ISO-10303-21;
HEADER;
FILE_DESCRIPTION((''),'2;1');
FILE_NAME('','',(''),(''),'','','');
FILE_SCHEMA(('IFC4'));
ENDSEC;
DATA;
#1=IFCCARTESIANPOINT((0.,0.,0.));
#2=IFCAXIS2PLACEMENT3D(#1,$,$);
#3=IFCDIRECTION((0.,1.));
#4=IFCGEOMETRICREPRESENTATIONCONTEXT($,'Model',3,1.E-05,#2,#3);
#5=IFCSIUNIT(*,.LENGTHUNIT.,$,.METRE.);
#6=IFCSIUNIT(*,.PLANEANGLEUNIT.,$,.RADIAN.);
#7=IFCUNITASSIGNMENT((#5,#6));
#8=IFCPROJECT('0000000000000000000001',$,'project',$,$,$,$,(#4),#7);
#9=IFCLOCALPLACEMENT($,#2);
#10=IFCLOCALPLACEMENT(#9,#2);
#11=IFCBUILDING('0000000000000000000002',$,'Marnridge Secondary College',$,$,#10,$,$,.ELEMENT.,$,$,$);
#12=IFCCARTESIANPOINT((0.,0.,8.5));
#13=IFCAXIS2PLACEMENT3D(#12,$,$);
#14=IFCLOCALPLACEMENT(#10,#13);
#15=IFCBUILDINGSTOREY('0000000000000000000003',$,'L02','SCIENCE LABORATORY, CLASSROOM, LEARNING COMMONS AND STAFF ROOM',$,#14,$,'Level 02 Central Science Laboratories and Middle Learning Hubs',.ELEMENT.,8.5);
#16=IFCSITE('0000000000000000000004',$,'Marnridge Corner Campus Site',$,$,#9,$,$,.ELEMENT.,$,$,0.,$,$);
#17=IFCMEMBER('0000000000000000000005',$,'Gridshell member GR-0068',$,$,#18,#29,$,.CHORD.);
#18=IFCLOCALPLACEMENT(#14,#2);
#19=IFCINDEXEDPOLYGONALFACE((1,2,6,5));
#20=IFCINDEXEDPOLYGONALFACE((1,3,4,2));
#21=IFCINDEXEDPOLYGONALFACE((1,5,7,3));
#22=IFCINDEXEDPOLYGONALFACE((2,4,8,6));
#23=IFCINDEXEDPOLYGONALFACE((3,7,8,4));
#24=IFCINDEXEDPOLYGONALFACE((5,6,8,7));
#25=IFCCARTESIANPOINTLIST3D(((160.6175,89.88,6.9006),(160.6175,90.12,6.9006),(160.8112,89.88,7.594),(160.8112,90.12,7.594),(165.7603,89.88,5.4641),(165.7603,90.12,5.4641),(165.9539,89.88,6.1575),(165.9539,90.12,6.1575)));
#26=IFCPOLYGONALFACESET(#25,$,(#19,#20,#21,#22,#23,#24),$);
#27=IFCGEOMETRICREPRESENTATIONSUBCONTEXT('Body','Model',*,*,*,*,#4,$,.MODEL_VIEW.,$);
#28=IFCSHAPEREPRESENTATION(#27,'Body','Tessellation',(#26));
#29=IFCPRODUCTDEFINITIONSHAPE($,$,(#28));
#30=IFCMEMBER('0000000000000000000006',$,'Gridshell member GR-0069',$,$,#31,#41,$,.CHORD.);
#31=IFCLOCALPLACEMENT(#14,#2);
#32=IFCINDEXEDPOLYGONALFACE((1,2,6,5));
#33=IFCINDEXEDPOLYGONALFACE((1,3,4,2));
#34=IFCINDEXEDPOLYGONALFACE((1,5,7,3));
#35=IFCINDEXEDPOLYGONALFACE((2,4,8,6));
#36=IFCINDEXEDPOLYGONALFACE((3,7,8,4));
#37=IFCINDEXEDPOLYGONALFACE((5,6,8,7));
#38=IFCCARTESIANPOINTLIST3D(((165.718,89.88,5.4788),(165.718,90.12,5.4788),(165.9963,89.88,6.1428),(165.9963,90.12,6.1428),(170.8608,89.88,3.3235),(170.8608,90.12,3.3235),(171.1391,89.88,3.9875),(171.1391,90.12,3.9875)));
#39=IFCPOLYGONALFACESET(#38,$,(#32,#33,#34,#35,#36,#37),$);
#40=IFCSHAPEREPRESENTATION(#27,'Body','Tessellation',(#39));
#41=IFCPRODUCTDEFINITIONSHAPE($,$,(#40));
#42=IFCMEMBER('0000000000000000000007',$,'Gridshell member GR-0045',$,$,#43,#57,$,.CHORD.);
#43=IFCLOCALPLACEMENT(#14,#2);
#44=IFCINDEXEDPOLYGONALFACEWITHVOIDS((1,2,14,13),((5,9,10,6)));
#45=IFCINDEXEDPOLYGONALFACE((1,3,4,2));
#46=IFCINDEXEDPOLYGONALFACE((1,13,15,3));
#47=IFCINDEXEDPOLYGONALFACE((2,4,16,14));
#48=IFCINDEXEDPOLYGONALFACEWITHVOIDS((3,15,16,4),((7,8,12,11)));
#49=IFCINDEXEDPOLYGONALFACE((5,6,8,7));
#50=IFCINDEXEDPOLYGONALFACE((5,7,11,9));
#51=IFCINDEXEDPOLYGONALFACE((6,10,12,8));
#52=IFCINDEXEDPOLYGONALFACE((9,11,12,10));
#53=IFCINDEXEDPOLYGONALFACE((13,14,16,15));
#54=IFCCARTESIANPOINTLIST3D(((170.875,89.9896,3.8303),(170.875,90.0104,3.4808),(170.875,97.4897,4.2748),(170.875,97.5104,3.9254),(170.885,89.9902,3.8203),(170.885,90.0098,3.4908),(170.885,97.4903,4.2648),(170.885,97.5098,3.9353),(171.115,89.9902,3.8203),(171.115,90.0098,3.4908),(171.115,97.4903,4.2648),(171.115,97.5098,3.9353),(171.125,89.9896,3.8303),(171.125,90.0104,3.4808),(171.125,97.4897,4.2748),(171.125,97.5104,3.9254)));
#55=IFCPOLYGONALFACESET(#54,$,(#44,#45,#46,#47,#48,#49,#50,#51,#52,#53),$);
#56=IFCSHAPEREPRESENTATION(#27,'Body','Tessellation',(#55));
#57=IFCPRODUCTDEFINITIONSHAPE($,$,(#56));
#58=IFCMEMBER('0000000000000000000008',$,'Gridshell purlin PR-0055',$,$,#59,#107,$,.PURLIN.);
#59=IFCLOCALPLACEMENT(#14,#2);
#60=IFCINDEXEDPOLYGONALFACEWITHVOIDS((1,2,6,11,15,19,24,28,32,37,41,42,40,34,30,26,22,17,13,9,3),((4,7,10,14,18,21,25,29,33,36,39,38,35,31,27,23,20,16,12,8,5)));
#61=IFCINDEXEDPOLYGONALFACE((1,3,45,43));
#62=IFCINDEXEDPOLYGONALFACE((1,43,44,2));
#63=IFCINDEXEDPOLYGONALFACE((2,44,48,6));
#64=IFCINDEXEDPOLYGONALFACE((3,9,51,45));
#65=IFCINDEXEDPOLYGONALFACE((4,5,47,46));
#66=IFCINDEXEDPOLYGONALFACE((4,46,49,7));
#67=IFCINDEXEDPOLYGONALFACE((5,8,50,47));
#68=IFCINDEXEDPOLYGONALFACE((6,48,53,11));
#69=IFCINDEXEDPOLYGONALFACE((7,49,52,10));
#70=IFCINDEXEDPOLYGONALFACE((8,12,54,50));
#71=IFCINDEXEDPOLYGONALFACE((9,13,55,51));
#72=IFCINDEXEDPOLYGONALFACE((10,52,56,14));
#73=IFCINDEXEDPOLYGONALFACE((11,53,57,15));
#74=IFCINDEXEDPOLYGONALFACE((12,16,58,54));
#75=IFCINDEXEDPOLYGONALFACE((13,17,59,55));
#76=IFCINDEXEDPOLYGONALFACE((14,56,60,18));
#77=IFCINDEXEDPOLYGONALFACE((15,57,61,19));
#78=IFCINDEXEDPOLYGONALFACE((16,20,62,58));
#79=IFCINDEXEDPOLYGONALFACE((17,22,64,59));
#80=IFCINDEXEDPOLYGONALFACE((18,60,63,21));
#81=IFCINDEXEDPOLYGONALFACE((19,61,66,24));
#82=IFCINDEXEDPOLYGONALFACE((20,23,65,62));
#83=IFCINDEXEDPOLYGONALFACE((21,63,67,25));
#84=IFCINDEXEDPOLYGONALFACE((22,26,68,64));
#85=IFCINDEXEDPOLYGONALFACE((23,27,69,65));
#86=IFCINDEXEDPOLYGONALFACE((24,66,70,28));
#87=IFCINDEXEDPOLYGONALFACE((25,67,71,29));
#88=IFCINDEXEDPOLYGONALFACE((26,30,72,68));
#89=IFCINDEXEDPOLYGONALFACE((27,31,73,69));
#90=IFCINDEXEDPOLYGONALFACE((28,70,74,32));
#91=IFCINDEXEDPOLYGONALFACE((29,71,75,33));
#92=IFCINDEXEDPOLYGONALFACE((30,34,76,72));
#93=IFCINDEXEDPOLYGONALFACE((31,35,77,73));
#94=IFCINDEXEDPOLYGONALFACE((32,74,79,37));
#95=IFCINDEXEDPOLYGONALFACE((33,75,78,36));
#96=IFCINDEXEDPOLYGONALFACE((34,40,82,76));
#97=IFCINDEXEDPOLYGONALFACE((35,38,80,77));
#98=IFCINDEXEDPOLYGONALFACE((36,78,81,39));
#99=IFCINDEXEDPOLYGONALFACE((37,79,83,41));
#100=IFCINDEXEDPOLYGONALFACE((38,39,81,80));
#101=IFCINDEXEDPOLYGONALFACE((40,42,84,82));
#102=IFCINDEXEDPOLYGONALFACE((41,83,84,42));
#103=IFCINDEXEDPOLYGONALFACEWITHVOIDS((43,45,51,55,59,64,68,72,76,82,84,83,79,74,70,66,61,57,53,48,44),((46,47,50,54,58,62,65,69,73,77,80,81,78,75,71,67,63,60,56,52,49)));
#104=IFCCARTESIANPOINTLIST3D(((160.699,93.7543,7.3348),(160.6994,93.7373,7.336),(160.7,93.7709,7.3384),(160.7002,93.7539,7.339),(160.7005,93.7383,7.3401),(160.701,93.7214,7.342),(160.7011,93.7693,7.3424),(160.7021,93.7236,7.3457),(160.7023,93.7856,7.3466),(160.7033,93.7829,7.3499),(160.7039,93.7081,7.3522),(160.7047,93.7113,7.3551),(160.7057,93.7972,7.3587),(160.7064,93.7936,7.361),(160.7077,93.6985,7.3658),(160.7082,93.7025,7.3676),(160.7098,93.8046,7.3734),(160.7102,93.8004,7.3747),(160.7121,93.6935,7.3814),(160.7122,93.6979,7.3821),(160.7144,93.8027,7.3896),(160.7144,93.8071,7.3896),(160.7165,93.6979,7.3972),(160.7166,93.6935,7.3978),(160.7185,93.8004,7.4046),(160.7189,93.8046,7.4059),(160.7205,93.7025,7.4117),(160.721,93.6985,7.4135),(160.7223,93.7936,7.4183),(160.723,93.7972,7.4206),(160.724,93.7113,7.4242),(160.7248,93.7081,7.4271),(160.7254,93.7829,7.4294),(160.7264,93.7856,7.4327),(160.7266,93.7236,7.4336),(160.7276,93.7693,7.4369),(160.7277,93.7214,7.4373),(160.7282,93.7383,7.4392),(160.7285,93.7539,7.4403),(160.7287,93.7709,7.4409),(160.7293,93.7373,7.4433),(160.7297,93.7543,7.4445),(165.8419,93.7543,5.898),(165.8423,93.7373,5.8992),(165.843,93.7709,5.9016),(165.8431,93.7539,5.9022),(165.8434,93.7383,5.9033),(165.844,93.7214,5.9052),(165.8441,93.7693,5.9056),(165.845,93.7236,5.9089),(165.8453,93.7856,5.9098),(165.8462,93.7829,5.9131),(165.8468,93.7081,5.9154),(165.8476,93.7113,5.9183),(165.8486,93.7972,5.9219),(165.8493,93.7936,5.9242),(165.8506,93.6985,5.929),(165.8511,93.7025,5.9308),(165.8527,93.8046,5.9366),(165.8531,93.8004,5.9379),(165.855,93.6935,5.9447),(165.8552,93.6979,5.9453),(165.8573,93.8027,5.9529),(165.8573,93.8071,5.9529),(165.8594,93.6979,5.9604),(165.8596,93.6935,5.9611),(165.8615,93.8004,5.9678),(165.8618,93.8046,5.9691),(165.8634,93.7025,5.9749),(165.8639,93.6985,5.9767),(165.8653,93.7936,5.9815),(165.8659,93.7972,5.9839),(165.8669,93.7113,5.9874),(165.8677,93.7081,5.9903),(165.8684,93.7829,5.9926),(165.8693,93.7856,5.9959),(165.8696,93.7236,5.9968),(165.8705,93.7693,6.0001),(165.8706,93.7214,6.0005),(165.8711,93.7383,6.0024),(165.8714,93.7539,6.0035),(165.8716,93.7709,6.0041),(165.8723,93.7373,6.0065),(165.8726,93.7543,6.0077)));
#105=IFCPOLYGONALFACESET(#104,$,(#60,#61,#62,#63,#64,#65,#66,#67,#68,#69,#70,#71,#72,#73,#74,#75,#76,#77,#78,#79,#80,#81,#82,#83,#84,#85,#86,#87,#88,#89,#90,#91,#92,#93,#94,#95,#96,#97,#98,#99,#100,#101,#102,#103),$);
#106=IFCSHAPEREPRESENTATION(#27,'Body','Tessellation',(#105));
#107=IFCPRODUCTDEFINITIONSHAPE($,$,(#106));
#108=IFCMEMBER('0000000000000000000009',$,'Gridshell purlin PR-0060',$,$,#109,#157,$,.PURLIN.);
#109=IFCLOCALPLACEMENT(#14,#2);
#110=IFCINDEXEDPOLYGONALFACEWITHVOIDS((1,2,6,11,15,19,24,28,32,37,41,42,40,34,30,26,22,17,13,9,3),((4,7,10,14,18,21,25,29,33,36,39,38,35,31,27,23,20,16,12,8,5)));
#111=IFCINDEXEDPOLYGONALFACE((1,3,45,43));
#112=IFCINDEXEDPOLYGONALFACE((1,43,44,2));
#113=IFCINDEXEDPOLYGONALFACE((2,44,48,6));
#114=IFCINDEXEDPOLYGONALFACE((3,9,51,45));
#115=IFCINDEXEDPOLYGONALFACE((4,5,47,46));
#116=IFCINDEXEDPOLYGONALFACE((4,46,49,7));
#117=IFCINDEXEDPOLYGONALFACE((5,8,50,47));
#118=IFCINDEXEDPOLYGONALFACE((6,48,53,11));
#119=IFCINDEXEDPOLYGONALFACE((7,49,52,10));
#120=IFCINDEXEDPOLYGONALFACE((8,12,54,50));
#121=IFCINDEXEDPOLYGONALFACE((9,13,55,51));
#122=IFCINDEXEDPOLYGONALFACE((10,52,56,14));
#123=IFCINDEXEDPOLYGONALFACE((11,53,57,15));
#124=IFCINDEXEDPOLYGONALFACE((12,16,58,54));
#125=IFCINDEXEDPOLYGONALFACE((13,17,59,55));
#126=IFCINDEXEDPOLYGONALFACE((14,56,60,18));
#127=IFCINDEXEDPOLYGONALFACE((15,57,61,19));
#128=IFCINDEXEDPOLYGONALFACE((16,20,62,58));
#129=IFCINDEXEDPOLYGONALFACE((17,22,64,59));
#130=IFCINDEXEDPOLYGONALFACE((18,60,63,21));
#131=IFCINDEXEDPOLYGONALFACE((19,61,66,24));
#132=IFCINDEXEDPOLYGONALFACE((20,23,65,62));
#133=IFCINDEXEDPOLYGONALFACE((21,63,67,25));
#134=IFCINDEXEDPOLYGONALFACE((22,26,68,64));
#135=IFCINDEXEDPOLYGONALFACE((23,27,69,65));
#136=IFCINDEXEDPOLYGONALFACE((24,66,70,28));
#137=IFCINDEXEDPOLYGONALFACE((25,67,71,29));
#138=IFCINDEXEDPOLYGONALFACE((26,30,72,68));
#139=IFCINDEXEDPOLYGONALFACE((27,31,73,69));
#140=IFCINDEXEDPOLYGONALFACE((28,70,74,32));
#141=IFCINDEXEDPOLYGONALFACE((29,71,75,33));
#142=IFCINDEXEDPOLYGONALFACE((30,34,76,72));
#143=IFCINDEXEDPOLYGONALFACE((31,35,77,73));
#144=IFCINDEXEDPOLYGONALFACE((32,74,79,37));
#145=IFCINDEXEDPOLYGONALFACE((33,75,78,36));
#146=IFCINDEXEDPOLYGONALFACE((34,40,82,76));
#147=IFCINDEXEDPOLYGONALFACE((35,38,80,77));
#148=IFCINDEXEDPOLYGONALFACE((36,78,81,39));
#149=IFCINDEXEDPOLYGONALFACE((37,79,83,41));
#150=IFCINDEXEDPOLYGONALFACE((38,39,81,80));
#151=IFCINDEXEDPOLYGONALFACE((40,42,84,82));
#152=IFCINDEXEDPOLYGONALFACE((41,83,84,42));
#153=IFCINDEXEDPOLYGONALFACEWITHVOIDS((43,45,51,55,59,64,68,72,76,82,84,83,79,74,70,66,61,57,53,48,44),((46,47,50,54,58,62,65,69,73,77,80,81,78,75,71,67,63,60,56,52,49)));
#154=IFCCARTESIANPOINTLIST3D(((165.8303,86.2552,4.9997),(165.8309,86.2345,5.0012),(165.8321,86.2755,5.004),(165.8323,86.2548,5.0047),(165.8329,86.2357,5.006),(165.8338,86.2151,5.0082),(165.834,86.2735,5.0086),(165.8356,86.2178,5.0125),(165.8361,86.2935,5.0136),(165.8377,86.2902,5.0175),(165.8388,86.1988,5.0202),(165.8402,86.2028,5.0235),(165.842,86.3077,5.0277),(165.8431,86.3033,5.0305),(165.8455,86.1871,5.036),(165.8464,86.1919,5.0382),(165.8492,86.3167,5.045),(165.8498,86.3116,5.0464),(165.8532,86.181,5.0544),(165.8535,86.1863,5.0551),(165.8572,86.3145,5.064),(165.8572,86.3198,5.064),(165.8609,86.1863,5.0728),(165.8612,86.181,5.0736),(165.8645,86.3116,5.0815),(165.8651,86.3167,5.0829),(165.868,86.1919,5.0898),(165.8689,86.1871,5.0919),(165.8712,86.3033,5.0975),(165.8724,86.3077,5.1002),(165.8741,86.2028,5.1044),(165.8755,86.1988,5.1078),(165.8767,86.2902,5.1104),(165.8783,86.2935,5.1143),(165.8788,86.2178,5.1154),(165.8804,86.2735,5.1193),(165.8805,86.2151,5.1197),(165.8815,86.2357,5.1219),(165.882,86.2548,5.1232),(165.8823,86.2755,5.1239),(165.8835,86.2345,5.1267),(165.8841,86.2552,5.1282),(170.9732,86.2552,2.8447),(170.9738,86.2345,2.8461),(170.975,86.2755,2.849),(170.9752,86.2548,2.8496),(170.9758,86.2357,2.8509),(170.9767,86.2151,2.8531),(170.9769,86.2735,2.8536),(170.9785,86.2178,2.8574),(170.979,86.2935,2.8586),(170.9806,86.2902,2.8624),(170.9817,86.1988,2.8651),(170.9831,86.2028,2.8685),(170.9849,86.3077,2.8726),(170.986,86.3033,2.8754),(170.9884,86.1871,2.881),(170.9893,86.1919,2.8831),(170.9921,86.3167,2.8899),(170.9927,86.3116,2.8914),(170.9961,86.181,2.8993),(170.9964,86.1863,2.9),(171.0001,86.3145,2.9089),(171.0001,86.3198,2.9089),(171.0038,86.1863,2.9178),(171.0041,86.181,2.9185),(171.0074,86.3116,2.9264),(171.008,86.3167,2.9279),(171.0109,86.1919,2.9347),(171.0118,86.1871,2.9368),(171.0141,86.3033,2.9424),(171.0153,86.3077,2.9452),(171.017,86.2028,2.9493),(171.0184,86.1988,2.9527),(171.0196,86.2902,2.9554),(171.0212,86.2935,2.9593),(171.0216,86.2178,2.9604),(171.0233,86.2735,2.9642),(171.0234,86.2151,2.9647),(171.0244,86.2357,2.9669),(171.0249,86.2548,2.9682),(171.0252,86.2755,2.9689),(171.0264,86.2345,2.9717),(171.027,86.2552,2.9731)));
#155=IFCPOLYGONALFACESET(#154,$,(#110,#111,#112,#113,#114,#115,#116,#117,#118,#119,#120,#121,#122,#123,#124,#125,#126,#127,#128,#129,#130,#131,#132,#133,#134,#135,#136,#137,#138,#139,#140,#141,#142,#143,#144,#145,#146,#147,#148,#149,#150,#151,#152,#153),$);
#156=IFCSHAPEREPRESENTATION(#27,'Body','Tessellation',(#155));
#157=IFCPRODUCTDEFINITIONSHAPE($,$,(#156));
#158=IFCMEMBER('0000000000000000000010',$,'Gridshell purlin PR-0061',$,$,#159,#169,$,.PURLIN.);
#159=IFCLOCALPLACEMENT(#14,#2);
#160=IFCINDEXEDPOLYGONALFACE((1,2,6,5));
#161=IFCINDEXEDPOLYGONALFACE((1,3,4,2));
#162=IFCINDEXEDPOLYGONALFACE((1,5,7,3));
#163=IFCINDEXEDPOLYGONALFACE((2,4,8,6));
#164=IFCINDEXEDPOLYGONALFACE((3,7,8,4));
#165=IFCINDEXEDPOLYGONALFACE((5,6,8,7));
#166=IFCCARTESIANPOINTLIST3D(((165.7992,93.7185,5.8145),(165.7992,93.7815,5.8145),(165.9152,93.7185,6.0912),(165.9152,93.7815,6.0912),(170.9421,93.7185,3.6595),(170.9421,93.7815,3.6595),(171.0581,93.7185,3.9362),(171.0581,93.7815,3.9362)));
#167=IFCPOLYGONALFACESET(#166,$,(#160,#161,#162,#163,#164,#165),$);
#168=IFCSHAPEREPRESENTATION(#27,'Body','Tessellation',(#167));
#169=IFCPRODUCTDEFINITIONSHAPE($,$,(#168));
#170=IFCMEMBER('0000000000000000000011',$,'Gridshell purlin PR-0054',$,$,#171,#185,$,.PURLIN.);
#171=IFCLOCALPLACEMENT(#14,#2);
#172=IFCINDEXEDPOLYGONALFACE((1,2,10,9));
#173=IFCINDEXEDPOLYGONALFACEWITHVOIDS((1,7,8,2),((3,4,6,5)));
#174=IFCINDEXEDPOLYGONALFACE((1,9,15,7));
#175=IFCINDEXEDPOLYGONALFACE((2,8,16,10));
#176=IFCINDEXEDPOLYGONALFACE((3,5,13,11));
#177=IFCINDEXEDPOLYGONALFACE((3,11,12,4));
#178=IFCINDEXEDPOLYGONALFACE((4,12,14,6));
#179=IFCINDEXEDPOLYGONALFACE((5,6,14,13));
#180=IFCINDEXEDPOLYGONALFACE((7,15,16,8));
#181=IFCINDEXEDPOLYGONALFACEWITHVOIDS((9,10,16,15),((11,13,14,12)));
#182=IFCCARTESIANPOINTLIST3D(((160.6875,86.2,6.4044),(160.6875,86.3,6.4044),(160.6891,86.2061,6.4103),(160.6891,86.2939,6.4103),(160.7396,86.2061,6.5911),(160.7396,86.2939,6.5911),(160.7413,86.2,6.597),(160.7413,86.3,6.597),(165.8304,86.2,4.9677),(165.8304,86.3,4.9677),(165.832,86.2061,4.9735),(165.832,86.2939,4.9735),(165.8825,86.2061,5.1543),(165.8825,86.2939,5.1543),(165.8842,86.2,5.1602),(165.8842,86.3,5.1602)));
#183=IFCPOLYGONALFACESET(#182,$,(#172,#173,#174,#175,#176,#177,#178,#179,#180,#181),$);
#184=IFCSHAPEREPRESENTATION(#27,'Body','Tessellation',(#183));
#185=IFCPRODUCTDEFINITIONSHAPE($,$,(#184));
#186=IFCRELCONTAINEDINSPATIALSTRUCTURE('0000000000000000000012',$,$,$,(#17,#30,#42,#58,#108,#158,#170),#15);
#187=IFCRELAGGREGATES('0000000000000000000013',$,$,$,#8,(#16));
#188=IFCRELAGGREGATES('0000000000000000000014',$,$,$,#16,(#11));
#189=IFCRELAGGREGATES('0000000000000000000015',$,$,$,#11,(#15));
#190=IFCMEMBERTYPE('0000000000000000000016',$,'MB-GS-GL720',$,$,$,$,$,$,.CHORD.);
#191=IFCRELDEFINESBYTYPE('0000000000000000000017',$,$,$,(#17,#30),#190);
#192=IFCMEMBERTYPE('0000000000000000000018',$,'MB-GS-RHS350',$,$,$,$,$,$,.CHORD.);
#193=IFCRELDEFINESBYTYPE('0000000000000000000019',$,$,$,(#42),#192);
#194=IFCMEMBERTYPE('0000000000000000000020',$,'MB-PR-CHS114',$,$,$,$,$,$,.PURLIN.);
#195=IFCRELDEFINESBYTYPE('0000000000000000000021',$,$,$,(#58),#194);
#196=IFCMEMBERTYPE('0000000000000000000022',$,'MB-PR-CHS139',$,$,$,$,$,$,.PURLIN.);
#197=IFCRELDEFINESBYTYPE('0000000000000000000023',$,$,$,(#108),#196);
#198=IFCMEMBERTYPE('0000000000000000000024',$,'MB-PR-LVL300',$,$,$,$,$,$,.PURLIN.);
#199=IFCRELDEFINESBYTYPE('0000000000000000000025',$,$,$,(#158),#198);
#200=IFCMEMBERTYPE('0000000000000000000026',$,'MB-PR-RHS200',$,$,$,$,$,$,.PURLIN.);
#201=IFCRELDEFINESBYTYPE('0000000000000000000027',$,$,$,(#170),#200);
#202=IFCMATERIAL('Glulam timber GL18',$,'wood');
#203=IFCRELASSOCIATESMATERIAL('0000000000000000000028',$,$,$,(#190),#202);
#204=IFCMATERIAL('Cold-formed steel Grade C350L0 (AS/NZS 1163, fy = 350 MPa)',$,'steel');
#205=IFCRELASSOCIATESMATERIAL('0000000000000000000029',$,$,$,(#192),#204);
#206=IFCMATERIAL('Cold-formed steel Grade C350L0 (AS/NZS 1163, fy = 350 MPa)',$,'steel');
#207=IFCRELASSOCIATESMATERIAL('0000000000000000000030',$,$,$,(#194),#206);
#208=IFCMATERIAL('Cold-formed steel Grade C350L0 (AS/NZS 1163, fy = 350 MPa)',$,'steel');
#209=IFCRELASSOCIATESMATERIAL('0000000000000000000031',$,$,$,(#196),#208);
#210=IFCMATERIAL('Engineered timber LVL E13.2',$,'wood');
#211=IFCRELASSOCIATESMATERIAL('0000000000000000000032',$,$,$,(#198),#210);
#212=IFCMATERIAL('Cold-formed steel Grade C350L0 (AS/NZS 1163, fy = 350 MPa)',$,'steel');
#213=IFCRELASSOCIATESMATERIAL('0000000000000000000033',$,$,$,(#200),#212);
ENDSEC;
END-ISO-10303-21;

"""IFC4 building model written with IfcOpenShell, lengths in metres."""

from ifc_helpers import new_model, si_unit, direction, frame, origin, origin_2d, place, context, subcontext, project, spatial, rectangle, hollow_rectangle, hollow_circle, extrude, material, material_profile, profile_set, type_object, element, save


model = new_model("IFC4")

# Units and contexts
model_context = context("Model", 3, precision=1e-05, world=origin(), true_north=direction((0.0, 1.0)))
body_context = subcontext(model_context, "Body", "Model", "MODEL_VIEW")
ifc_project = project(units=[si_unit("LENGTHUNIT", "METRE"), si_unit("PLANEANGLEUNIT", "RADIAN")], contexts=[model_context])

# Site, building, storey
site_placement = place(None, origin())
site = spatial("IfcSite", under=ifc_project, at=site_placement, Name="Marnridge Corner Campus Site", CompositionType="ELEMENT", RefElevation=0.0)
building_placement = place(site_placement, origin())
building = spatial("IfcBuilding", under=site, at=building_placement, Name="Marnridge Secondary College", CompositionType="ELEMENT")
storey_placement = place(building_placement, frame((0.0, 0.0, 8.5)))
storey = spatial("IfcBuildingStorey", under=building, at=storey_placement, Name="L02", Description="SCIENCE LABORATORY, CLASSROOM, LEARNING COMMONS AND STAFF ROOM", LongName="Level 02 Central Science Laboratories and Middle Learning Hubs", CompositionType="ELEMENT", Elevation=8.5)

# Members
ifc_material_1 = material(Name="Glulam timber GL18", Category="wood")
ifc_material_profile_1 = material_profile(ifc_material_1, rectangle(XDim=0.24, YDim=0.72, at=origin_2d()), Name="GL18 240x720")
ifc_profile_set_1 = profile_set([ifc_material_profile_1], Name="Glulam timber GL18")
member_type_1 = type_object("IfcMemberType", Name="MB-GS-GL720", PredefinedType="CHORD", material=ifc_profile_set_1)
member_1_placement = place(storey_placement, frame((160.7144, 90.0, 7.2473), z_axis=(0.963132, 0.0, -0.269028), x_axis=(0.0, 1.0, 0.0)))
element("IfcMember", 1, at=member_1_placement, inside=storey, type_object=member_type_1, Name="Gridshell member GR-0068", PredefinedType="CHORD", context=body_context, shape_type="SweptSolid", body=[
    extrude(rectangle(XDim=0.24, YDim=0.72, at=origin_2d()), origin(), (0.0, 0.0, 1.0), 5.3396),
])
member_2_placement = place(storey_placement, frame((165.8572, 90.0, 5.8108), z_axis=(0.922284, 0.0, -0.386514), x_axis=(0.0, 1.0, 0.0)))
element("IfcMember", 2, at=member_2_placement, inside=storey, type_object=member_type_1, Name="Gridshell member GR-0069", PredefinedType="CHORD", context=body_context, shape_type="SweptSolid", body=[
    extrude(rectangle(XDim=0.24, YDim=0.72, at=origin_2d()), origin(), (0.0, 0.0, 1.0), 5.5762),
])
ifc_material_2 = material(Name="Cold-formed steel Grade C350L0 (AS/NZS 1163, fy = 350 MPa)", Category="steel")
ifc_material_profile_2 = material_profile(ifc_material_2, hollow_rectangle(XDim=0.25, YDim=0.3501, WallThickness=0.01, at=origin_2d()), Name="350x250x10.0RHS")
ifc_profile_set_2 = profile_set([ifc_material_profile_2], Name="Cold-formed steel Grade C350L0 (AS/NZS 1163, fy = 350 MPa)")
member_type_2 = type_object("IfcMemberType", Name="MB-GS-RHS350", PredefinedType="CHORD", material=ifc_profile_set_2)
member_3_placement = place(storey_placement, frame((171.0, 90.0, 3.6555), z_axis=(0.0, 0.998248, 0.059173), x_axis=(-1.0, 0.0, 0.0)))
element("IfcMember", 3, at=member_3_placement, inside=storey, type_object=member_type_2, Name="Gridshell member GR-0045", PredefinedType="CHORD", context=body_context, shape_type="SweptSolid", body=[
    extrude(hollow_rectangle(XDim=0.25, YDim=0.3501, WallThickness=0.01, at=origin_2d()), origin(), (0.0, 0.0, 1.0), 7.5132),
])
ifc_material_3 = material(Name="Cold-formed steel Grade C350L0 (AS/NZS 1163, fy = 350 MPa)", Category="steel")
ifc_material_profile_3 = material_profile(ifc_material_3, hollow_circle(Radius=0.0571, WallThickness=0.0044, at=origin_2d()), Name="114.3x4.5CHS")
ifc_profile_set_3 = profile_set([ifc_material_profile_3], Name="Cold-formed steel Grade C350L0 (AS/NZS 1163, fy = 350 MPa)")
member_type_3 = type_object("IfcMemberType", Name="MB-PR-CHS114", PredefinedType="PURLIN", material=ifc_profile_set_3)
member_4_placement = place(storey_placement, frame((160.7144, 93.75, 7.3896), z_axis=(0.963121, 0.0, -0.26907), x_axis=(0.0, 1.0, 0.0)))
element("IfcMember", 4, at=member_4_placement, inside=storey, type_object=member_type_3, Name="Gridshell purlin PR-0055", PredefinedType="PURLIN", context=body_context, shape_type="SweptSolid", body=[
    extrude(hollow_circle(Radius=0.0571, WallThickness=0.0044, at=origin_2d()), origin(), (0.0, 0.0, 1.0), 5.3398),
])
ifc_material_4 = material(Name="Cold-formed steel Grade C350L0 (AS/NZS 1163, fy = 350 MPa)", Category="steel")
ifc_material_profile_4 = material_profile(ifc_material_4, hollow_circle(Radius=0.0698, WallThickness=0.0054, at=origin_2d()), Name="139.7x5.4CHS")
ifc_profile_set_4 = profile_set([ifc_material_profile_4], Name="Cold-formed steel Grade C350L0 (AS/NZS 1163, fy = 350 MPa)")
member_type_4 = type_object("IfcMemberType", Name="MB-PR-CHS139", PredefinedType="PURLIN", material=ifc_profile_set_4)
member_5_placement = place(storey_placement, frame((165.8572, 86.25, 5.064), z_axis=(0.922299, 0.0, -0.386477), x_axis=(0.0, 1.0, 0.0)))
element("IfcMember", 5, at=member_5_placement, inside=storey, type_object=member_type_4, Name="Gridshell purlin PR-0060", PredefinedType="PURLIN", context=body_context, shape_type="SweptSolid", body=[
    extrude(hollow_circle(Radius=0.0698, WallThickness=0.0054, at=origin_2d()), origin(), (0.0, 0.0, 1.0), 5.5762),
])
ifc_material_5 = material(Name="Engineered timber LVL E13.2", Category="wood")
ifc_material_profile_5 = material_profile(ifc_material_5, rectangle(XDim=0.063, YDim=0.3, at=origin_2d()), Name="LVL 63x300")
ifc_profile_set_5 = profile_set([ifc_material_profile_5], Name="Engineered timber LVL E13.2")
member_type_5 = type_object("IfcMemberType", Name="MB-PR-LVL300", PredefinedType="PURLIN", material=ifc_profile_set_5)
member_6_placement = place(storey_placement, frame((165.8572, 93.75, 5.9529), z_axis=(0.922299, 0.0, -0.386477), x_axis=(0.0, 1.0, 0.0)))
element("IfcMember", 6, at=member_6_placement, inside=storey, type_object=member_type_5, Name="Gridshell purlin PR-0061", PredefinedType="PURLIN", context=body_context, shape_type="SweptSolid", body=[
    extrude(rectangle(XDim=0.063, YDim=0.3, at=origin_2d()), origin(), (0.0, 0.0, 1.0), 5.5762),
])
ifc_material_6 = material(Name="Cold-formed steel Grade C350L0 (AS/NZS 1163, fy = 350 MPa)", Category="steel")
ifc_material_profile_6 = material_profile(ifc_material_6, hollow_rectangle(XDim=0.1001, YDim=0.2, WallThickness=0.0061, at=origin_2d()), Name="200x100x6.0RHS")
ifc_profile_set_6 = profile_set([ifc_material_profile_6], Name="Cold-formed steel Grade C350L0 (AS/NZS 1163, fy = 350 MPa)")
member_type_6 = type_object("IfcMemberType", Name="MB-PR-RHS200", PredefinedType="PURLIN", material=ifc_profile_set_6)
member_7_placement = place(storey_placement, frame((160.7144, 86.25, 6.5007), z_axis=(0.963121, 0.0, -0.26907), x_axis=(0.0, 1.0, 0.0)))
element("IfcMember", 7, at=member_7_placement, inside=storey, type_object=member_type_6, Name="Gridshell purlin PR-0054", PredefinedType="PURLIN", context=body_context, shape_type="SweptSolid", body=[
    extrude(hollow_rectangle(XDim=0.1001, YDim=0.2, WallThickness=0.0061, at=origin_2d()), origin(), (0.0, 0.0, 1.0), 5.3398),
])

save(model, "model.ifc")
